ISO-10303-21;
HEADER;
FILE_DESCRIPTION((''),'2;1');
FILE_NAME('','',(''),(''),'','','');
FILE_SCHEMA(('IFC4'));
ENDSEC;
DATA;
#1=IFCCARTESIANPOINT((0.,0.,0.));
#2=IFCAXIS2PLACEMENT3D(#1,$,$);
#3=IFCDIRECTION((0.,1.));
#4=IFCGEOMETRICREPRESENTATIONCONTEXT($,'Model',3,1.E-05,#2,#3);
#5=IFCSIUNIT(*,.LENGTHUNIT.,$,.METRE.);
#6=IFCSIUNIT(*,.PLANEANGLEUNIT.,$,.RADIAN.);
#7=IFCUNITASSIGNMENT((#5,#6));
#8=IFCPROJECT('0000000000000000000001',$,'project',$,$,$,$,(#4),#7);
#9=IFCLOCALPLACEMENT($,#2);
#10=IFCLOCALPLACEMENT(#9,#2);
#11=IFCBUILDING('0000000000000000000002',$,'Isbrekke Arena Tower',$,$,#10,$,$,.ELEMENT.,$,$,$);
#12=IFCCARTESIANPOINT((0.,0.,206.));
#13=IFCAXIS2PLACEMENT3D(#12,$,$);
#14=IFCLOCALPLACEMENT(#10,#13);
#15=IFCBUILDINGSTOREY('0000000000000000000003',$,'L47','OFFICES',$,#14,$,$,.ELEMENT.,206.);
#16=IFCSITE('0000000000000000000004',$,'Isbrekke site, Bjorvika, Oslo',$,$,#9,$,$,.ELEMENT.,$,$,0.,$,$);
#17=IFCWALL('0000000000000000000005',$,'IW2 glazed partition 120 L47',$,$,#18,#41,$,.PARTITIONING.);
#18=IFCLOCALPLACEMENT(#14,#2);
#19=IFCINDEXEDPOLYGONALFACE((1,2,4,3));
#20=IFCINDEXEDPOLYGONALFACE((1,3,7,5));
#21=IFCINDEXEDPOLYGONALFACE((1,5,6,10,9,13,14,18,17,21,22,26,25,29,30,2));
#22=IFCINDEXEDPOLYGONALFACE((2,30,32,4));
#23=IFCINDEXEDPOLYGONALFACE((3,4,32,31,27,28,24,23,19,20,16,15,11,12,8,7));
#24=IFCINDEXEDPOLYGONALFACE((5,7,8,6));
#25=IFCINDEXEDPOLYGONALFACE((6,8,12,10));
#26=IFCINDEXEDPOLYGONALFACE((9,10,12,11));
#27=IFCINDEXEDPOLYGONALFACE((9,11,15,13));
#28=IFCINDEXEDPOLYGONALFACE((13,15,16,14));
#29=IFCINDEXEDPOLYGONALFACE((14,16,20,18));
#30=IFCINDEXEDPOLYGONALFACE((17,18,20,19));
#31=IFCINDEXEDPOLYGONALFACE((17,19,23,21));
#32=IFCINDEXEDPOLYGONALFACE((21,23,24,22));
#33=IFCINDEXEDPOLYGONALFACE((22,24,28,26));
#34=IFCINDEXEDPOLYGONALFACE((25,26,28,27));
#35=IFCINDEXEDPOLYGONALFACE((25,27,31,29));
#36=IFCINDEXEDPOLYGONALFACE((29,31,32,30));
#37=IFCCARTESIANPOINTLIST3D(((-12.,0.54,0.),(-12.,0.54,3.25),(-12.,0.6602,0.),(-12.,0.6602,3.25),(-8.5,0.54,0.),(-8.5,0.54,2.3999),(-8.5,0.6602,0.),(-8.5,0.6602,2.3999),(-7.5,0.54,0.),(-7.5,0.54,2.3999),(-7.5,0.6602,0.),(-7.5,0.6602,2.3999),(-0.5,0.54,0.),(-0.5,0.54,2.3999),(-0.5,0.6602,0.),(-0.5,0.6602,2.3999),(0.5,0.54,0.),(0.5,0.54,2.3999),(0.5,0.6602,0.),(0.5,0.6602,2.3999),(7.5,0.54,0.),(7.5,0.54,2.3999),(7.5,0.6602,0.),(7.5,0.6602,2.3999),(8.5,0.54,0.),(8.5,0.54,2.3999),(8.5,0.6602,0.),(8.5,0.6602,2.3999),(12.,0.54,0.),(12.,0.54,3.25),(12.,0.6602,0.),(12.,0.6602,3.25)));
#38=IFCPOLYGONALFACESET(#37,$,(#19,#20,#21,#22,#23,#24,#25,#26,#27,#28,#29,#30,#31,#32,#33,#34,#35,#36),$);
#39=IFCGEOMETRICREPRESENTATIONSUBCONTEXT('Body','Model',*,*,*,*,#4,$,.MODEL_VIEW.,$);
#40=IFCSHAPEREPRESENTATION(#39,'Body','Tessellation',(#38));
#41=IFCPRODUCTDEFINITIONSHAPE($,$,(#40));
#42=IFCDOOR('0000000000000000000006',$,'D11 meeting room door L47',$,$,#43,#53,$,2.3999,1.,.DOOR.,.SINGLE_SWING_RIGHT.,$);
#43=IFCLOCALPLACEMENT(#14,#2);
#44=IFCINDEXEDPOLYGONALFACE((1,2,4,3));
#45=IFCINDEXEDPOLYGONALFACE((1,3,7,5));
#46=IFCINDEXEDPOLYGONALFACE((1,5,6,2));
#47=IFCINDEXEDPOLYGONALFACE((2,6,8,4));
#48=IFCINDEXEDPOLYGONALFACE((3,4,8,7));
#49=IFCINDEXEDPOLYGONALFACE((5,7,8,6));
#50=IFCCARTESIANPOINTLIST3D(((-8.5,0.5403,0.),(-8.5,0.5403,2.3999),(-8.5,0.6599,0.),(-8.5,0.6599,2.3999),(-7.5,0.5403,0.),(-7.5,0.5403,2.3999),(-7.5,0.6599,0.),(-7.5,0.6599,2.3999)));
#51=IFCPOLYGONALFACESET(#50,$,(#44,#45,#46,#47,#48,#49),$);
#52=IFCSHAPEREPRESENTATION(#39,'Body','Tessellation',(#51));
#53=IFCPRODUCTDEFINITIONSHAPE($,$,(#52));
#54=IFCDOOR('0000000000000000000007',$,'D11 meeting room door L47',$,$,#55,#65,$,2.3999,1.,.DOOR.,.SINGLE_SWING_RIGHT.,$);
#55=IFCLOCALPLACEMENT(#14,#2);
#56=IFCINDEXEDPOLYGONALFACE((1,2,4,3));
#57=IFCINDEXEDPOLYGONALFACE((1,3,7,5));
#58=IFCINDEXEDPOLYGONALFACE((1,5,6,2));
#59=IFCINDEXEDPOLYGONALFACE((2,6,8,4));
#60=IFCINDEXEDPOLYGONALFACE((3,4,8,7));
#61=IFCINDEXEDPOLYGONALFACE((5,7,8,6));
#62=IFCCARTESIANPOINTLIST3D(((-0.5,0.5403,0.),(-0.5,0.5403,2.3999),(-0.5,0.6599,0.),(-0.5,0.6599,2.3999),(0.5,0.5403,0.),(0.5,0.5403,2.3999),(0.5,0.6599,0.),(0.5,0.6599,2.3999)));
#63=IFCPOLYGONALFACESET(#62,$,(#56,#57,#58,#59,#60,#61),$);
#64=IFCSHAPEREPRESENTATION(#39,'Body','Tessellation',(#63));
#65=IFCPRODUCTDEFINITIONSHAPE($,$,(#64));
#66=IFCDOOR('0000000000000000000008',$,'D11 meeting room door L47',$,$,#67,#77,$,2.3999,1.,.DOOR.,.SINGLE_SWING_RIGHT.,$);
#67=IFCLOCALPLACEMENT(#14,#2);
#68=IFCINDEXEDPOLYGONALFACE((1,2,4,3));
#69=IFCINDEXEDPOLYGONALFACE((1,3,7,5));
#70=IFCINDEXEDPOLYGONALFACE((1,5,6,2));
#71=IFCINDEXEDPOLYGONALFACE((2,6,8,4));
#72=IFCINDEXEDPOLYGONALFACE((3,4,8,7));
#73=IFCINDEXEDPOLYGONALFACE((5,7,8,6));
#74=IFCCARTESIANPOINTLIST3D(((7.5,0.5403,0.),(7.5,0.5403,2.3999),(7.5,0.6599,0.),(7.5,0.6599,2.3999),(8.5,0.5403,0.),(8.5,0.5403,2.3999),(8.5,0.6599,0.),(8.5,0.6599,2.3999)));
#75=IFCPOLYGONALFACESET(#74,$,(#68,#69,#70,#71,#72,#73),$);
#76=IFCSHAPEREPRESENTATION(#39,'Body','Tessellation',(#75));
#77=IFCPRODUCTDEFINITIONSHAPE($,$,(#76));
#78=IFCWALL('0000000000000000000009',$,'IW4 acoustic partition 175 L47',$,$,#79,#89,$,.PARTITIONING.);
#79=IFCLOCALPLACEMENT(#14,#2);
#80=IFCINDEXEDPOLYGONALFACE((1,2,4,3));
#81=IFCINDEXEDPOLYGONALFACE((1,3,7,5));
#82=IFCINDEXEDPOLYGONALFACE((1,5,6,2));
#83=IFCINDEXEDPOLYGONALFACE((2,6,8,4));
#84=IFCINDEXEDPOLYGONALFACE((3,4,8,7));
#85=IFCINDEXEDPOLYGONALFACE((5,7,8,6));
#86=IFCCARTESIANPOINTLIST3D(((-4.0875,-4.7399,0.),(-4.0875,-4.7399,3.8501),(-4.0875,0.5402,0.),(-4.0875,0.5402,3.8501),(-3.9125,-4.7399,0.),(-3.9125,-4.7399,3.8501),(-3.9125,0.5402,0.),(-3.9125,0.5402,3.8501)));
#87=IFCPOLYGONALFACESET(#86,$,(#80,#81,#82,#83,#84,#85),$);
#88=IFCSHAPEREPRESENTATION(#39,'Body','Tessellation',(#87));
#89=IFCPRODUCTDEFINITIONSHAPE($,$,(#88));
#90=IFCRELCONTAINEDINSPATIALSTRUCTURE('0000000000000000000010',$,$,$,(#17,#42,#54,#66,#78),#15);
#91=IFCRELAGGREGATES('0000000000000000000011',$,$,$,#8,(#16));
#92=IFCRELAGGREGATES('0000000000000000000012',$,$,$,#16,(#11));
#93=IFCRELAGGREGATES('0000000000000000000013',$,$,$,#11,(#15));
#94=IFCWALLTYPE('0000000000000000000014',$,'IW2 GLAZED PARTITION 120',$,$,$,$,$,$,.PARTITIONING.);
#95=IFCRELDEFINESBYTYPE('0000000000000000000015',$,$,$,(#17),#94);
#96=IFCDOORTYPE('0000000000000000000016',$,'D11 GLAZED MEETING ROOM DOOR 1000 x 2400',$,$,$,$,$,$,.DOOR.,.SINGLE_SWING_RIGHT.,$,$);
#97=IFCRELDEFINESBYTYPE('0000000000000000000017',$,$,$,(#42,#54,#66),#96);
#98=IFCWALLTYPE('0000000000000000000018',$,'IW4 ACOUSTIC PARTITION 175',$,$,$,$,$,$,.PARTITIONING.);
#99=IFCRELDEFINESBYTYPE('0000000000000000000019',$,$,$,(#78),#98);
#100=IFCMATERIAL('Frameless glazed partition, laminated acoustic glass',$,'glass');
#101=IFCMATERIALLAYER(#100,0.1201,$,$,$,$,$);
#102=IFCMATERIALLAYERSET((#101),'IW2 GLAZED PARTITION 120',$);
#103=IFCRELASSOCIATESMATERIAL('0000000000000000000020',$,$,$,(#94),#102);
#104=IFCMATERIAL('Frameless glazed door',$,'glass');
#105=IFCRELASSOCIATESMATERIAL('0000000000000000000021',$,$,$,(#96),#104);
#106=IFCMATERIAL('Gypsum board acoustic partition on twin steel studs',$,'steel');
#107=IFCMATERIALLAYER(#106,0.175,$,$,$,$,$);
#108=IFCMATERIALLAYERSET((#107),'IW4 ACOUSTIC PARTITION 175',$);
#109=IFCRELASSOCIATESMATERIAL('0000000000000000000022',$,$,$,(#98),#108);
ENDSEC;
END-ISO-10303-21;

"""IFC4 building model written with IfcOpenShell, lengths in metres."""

from ifc_helpers import new_model, si_unit, direction, frame, frame_2d, origin, place, context, subcontext, project, spatial, rectangle, extrude, material, layer, layer_set, type_object, element, fill, save


model = new_model("IFC4")

# Units and contexts
model_context = context("Model", 3, precision=1e-05, world=origin(), true_north=direction((0.0, 1.0)))
body_context = subcontext(model_context, "Body", "Model", "MODEL_VIEW")
ifc_project = project(units=[si_unit("LENGTHUNIT", "METRE"), si_unit("PLANEANGLEUNIT", "RADIAN")], contexts=[model_context])

# Site, building, storey
site_placement = place(None, origin())
site = spatial("IfcSite", under=ifc_project, at=site_placement, Name="Isbrekke site, Bjorvika, Oslo", CompositionType="ELEMENT", RefElevation=0.0)
building_placement = place(site_placement, origin())
building = spatial("IfcBuilding", under=site, at=building_placement, Name="Isbrekke Arena Tower", CompositionType="ELEMENT")
storey_placement = place(building_placement, frame((0.0, 0.0, 206.0)))
storey = spatial("IfcBuildingStorey", under=building, at=storey_placement, Name="L47", Description="OFFICES", CompositionType="ELEMENT", Elevation=206.0)

# Wall, openings, doors
ifc_material_1 = material(Name="Frameless glazed partition, laminated acoustic glass", Category="glass")
ifc_layer_1 = layer(ifc_material_1, 0.1201)
ifc_layer_set_1 = layer_set([ifc_layer_1], Name="IW2 GLAZED PARTITION 120")
wall_type_1 = type_object("IfcWallType", Name="IW2 GLAZED PARTITION 120", PredefinedType="PARTITIONING", material=ifc_layer_set_1)
wall_1_placement = place(storey_placement, frame((-12.0, 0.6001, 0.0), z_axis=(0.0, 0.0, 1.0), x_axis=(1.0, 0.0, 0.0)))
wall_1 = element("IfcWall", 1, at=wall_1_placement, inside=storey, type_object=wall_type_1, Name="IW2 glazed partition 120 L47", PredefinedType="PARTITIONING", context=body_context, shape_type="SweptSolid", body=[
    extrude(rectangle(XDim=24.0, YDim=0.1201, at=frame_2d((12.0, 0.0))), origin(), (0.0, 0.0, 1.0), 3.25),
])
opening_1_placement = place(wall_1_placement, frame((3.5, 0.0, 0.0)))
opening_1 = element("IfcOpeningElement", 2, at=opening_1_placement, cuts=wall_1, PredefinedType="OPENING", context=body_context, shape_type="SweptSolid", body=[
    extrude(rectangle(XDim=1.0, YDim=2.3999, at=frame_2d((0.5, 1.2))), frame((0.0, 0.075, 0.0), z_axis=(0.0, -1.0, 0.0), x_axis=(1.0, 0.0, 0.0)), (0.0, 0.0, 1.0), 0.1499),
])
opening_2_placement = place(wall_1_placement, frame((11.5, 0.0, 0.0)))
opening_2 = element("IfcOpeningElement", 3, at=opening_2_placement, cuts=wall_1, PredefinedType="OPENING", context=body_context, shape_type="SweptSolid", body=[
    extrude(rectangle(XDim=1.0, YDim=2.3999, at=frame_2d((0.5, 1.2))), frame((0.0, 0.075, 0.0), z_axis=(0.0, -1.0, 0.0), x_axis=(1.0, 0.0, 0.0)), (0.0, 0.0, 1.0), 0.1499),
])
opening_3_placement = place(wall_1_placement, frame((19.5, 0.0, 0.0)))
opening_3 = element("IfcOpeningElement", 4, at=opening_3_placement, cuts=wall_1, PredefinedType="OPENING", context=body_context, shape_type="SweptSolid", body=[
    extrude(rectangle(XDim=1.0, YDim=2.3999, at=frame_2d((0.5, 1.2))), frame((0.0, 0.075, 0.0), z_axis=(0.0, -1.0, 0.0), x_axis=(1.0, 0.0, 0.0)), (0.0, 0.0, 1.0), 0.1499),
])
ifc_material_2 = material(Name="Frameless glazed door", Category="glass")
door_type = type_object("IfcDoorType", Name="D11 GLAZED MEETING ROOM DOOR 1000 x 2400", OperationType="SINGLE_SWING_RIGHT", PredefinedType="DOOR", material=ifc_material_2)
door_1_placement = place(opening_1_placement, origin())
door_1 = element("IfcDoor", 5, at=door_1_placement, inside=storey, type_object=door_type, Name="D11 meeting room door L47", OperationType="SINGLE_SWING_RIGHT", OverallHeight=2.3999, OverallWidth=1.0, PredefinedType="DOOR", context=body_context, shape_type="SweptSolid", body=[
    extrude(rectangle(XDim=1.0, YDim=2.3999, at=frame_2d((0.5, 1.2))), frame((0.0, 0.0598, 0.0), z_axis=(0.0, -1.0, 0.0), x_axis=(1.0, 0.0, 0.0)), (0.0, 0.0, 1.0), 0.1196),
])
fill(opening_1, door_1)
door_2_placement = place(opening_2_placement, origin())
door_2 = element("IfcDoor", 6, at=door_2_placement, inside=storey, type_object=door_type, Name="D11 meeting room door L47", OperationType="SINGLE_SWING_RIGHT", OverallHeight=2.3999, OverallWidth=1.0, PredefinedType="DOOR", context=body_context, shape_type="SweptSolid", body=[
    extrude(rectangle(XDim=1.0, YDim=2.3999, at=frame_2d((0.5, 1.2))), frame((0.0, 0.0598, 0.0), z_axis=(0.0, -1.0, 0.0), x_axis=(1.0, 0.0, 0.0)), (0.0, 0.0, 1.0), 0.1196),
])
fill(opening_2, door_2)
door_3_placement = place(opening_3_placement, origin())
door_3 = element("IfcDoor", 7, at=door_3_placement, inside=storey, type_object=door_type, Name="D11 meeting room door L47", OperationType="SINGLE_SWING_RIGHT", OverallHeight=2.3999, OverallWidth=1.0, PredefinedType="DOOR", context=body_context, shape_type="SweptSolid", body=[
    extrude(rectangle(XDim=1.0, YDim=2.3999, at=frame_2d((0.5, 1.2))), frame((0.0, 0.0598, 0.0), z_axis=(0.0, -1.0, 0.0), x_axis=(1.0, 0.0, 0.0)), (0.0, 0.0, 1.0), 0.1196),
])
fill(opening_3, door_3)

# Wall
ifc_material_3 = material(Name="Gypsum board acoustic partition on twin steel studs", Category="steel")
ifc_layer_2 = layer(ifc_material_3, 0.175)
ifc_layer_set_2 = layer_set([ifc_layer_2], Name="IW4 ACOUSTIC PARTITION 175")
wall_type_2 = type_object("IfcWallType", Name="IW4 ACOUSTIC PARTITION 175", PredefinedType="PARTITIONING", material=ifc_layer_set_2)
wall_2_placement = place(storey_placement, frame((-4.0, -4.74, 0.0), z_axis=(0.0, 0.0, 1.0), x_axis=(0.0, 1.0, 0.0)))
element("IfcWall", 8, at=wall_2_placement, inside=storey, type_object=wall_type_2, Name="IW4 acoustic partition 175 L47", PredefinedType="PARTITIONING", context=body_context, shape_type="SweptSolid", body=[
    extrude(rectangle(XDim=5.28, YDim=0.175, at=frame_2d((2.6401, 0.0))), origin(), (0.0, 0.0, 1.0), 3.8501),
])

save(model, "model.ifc")
